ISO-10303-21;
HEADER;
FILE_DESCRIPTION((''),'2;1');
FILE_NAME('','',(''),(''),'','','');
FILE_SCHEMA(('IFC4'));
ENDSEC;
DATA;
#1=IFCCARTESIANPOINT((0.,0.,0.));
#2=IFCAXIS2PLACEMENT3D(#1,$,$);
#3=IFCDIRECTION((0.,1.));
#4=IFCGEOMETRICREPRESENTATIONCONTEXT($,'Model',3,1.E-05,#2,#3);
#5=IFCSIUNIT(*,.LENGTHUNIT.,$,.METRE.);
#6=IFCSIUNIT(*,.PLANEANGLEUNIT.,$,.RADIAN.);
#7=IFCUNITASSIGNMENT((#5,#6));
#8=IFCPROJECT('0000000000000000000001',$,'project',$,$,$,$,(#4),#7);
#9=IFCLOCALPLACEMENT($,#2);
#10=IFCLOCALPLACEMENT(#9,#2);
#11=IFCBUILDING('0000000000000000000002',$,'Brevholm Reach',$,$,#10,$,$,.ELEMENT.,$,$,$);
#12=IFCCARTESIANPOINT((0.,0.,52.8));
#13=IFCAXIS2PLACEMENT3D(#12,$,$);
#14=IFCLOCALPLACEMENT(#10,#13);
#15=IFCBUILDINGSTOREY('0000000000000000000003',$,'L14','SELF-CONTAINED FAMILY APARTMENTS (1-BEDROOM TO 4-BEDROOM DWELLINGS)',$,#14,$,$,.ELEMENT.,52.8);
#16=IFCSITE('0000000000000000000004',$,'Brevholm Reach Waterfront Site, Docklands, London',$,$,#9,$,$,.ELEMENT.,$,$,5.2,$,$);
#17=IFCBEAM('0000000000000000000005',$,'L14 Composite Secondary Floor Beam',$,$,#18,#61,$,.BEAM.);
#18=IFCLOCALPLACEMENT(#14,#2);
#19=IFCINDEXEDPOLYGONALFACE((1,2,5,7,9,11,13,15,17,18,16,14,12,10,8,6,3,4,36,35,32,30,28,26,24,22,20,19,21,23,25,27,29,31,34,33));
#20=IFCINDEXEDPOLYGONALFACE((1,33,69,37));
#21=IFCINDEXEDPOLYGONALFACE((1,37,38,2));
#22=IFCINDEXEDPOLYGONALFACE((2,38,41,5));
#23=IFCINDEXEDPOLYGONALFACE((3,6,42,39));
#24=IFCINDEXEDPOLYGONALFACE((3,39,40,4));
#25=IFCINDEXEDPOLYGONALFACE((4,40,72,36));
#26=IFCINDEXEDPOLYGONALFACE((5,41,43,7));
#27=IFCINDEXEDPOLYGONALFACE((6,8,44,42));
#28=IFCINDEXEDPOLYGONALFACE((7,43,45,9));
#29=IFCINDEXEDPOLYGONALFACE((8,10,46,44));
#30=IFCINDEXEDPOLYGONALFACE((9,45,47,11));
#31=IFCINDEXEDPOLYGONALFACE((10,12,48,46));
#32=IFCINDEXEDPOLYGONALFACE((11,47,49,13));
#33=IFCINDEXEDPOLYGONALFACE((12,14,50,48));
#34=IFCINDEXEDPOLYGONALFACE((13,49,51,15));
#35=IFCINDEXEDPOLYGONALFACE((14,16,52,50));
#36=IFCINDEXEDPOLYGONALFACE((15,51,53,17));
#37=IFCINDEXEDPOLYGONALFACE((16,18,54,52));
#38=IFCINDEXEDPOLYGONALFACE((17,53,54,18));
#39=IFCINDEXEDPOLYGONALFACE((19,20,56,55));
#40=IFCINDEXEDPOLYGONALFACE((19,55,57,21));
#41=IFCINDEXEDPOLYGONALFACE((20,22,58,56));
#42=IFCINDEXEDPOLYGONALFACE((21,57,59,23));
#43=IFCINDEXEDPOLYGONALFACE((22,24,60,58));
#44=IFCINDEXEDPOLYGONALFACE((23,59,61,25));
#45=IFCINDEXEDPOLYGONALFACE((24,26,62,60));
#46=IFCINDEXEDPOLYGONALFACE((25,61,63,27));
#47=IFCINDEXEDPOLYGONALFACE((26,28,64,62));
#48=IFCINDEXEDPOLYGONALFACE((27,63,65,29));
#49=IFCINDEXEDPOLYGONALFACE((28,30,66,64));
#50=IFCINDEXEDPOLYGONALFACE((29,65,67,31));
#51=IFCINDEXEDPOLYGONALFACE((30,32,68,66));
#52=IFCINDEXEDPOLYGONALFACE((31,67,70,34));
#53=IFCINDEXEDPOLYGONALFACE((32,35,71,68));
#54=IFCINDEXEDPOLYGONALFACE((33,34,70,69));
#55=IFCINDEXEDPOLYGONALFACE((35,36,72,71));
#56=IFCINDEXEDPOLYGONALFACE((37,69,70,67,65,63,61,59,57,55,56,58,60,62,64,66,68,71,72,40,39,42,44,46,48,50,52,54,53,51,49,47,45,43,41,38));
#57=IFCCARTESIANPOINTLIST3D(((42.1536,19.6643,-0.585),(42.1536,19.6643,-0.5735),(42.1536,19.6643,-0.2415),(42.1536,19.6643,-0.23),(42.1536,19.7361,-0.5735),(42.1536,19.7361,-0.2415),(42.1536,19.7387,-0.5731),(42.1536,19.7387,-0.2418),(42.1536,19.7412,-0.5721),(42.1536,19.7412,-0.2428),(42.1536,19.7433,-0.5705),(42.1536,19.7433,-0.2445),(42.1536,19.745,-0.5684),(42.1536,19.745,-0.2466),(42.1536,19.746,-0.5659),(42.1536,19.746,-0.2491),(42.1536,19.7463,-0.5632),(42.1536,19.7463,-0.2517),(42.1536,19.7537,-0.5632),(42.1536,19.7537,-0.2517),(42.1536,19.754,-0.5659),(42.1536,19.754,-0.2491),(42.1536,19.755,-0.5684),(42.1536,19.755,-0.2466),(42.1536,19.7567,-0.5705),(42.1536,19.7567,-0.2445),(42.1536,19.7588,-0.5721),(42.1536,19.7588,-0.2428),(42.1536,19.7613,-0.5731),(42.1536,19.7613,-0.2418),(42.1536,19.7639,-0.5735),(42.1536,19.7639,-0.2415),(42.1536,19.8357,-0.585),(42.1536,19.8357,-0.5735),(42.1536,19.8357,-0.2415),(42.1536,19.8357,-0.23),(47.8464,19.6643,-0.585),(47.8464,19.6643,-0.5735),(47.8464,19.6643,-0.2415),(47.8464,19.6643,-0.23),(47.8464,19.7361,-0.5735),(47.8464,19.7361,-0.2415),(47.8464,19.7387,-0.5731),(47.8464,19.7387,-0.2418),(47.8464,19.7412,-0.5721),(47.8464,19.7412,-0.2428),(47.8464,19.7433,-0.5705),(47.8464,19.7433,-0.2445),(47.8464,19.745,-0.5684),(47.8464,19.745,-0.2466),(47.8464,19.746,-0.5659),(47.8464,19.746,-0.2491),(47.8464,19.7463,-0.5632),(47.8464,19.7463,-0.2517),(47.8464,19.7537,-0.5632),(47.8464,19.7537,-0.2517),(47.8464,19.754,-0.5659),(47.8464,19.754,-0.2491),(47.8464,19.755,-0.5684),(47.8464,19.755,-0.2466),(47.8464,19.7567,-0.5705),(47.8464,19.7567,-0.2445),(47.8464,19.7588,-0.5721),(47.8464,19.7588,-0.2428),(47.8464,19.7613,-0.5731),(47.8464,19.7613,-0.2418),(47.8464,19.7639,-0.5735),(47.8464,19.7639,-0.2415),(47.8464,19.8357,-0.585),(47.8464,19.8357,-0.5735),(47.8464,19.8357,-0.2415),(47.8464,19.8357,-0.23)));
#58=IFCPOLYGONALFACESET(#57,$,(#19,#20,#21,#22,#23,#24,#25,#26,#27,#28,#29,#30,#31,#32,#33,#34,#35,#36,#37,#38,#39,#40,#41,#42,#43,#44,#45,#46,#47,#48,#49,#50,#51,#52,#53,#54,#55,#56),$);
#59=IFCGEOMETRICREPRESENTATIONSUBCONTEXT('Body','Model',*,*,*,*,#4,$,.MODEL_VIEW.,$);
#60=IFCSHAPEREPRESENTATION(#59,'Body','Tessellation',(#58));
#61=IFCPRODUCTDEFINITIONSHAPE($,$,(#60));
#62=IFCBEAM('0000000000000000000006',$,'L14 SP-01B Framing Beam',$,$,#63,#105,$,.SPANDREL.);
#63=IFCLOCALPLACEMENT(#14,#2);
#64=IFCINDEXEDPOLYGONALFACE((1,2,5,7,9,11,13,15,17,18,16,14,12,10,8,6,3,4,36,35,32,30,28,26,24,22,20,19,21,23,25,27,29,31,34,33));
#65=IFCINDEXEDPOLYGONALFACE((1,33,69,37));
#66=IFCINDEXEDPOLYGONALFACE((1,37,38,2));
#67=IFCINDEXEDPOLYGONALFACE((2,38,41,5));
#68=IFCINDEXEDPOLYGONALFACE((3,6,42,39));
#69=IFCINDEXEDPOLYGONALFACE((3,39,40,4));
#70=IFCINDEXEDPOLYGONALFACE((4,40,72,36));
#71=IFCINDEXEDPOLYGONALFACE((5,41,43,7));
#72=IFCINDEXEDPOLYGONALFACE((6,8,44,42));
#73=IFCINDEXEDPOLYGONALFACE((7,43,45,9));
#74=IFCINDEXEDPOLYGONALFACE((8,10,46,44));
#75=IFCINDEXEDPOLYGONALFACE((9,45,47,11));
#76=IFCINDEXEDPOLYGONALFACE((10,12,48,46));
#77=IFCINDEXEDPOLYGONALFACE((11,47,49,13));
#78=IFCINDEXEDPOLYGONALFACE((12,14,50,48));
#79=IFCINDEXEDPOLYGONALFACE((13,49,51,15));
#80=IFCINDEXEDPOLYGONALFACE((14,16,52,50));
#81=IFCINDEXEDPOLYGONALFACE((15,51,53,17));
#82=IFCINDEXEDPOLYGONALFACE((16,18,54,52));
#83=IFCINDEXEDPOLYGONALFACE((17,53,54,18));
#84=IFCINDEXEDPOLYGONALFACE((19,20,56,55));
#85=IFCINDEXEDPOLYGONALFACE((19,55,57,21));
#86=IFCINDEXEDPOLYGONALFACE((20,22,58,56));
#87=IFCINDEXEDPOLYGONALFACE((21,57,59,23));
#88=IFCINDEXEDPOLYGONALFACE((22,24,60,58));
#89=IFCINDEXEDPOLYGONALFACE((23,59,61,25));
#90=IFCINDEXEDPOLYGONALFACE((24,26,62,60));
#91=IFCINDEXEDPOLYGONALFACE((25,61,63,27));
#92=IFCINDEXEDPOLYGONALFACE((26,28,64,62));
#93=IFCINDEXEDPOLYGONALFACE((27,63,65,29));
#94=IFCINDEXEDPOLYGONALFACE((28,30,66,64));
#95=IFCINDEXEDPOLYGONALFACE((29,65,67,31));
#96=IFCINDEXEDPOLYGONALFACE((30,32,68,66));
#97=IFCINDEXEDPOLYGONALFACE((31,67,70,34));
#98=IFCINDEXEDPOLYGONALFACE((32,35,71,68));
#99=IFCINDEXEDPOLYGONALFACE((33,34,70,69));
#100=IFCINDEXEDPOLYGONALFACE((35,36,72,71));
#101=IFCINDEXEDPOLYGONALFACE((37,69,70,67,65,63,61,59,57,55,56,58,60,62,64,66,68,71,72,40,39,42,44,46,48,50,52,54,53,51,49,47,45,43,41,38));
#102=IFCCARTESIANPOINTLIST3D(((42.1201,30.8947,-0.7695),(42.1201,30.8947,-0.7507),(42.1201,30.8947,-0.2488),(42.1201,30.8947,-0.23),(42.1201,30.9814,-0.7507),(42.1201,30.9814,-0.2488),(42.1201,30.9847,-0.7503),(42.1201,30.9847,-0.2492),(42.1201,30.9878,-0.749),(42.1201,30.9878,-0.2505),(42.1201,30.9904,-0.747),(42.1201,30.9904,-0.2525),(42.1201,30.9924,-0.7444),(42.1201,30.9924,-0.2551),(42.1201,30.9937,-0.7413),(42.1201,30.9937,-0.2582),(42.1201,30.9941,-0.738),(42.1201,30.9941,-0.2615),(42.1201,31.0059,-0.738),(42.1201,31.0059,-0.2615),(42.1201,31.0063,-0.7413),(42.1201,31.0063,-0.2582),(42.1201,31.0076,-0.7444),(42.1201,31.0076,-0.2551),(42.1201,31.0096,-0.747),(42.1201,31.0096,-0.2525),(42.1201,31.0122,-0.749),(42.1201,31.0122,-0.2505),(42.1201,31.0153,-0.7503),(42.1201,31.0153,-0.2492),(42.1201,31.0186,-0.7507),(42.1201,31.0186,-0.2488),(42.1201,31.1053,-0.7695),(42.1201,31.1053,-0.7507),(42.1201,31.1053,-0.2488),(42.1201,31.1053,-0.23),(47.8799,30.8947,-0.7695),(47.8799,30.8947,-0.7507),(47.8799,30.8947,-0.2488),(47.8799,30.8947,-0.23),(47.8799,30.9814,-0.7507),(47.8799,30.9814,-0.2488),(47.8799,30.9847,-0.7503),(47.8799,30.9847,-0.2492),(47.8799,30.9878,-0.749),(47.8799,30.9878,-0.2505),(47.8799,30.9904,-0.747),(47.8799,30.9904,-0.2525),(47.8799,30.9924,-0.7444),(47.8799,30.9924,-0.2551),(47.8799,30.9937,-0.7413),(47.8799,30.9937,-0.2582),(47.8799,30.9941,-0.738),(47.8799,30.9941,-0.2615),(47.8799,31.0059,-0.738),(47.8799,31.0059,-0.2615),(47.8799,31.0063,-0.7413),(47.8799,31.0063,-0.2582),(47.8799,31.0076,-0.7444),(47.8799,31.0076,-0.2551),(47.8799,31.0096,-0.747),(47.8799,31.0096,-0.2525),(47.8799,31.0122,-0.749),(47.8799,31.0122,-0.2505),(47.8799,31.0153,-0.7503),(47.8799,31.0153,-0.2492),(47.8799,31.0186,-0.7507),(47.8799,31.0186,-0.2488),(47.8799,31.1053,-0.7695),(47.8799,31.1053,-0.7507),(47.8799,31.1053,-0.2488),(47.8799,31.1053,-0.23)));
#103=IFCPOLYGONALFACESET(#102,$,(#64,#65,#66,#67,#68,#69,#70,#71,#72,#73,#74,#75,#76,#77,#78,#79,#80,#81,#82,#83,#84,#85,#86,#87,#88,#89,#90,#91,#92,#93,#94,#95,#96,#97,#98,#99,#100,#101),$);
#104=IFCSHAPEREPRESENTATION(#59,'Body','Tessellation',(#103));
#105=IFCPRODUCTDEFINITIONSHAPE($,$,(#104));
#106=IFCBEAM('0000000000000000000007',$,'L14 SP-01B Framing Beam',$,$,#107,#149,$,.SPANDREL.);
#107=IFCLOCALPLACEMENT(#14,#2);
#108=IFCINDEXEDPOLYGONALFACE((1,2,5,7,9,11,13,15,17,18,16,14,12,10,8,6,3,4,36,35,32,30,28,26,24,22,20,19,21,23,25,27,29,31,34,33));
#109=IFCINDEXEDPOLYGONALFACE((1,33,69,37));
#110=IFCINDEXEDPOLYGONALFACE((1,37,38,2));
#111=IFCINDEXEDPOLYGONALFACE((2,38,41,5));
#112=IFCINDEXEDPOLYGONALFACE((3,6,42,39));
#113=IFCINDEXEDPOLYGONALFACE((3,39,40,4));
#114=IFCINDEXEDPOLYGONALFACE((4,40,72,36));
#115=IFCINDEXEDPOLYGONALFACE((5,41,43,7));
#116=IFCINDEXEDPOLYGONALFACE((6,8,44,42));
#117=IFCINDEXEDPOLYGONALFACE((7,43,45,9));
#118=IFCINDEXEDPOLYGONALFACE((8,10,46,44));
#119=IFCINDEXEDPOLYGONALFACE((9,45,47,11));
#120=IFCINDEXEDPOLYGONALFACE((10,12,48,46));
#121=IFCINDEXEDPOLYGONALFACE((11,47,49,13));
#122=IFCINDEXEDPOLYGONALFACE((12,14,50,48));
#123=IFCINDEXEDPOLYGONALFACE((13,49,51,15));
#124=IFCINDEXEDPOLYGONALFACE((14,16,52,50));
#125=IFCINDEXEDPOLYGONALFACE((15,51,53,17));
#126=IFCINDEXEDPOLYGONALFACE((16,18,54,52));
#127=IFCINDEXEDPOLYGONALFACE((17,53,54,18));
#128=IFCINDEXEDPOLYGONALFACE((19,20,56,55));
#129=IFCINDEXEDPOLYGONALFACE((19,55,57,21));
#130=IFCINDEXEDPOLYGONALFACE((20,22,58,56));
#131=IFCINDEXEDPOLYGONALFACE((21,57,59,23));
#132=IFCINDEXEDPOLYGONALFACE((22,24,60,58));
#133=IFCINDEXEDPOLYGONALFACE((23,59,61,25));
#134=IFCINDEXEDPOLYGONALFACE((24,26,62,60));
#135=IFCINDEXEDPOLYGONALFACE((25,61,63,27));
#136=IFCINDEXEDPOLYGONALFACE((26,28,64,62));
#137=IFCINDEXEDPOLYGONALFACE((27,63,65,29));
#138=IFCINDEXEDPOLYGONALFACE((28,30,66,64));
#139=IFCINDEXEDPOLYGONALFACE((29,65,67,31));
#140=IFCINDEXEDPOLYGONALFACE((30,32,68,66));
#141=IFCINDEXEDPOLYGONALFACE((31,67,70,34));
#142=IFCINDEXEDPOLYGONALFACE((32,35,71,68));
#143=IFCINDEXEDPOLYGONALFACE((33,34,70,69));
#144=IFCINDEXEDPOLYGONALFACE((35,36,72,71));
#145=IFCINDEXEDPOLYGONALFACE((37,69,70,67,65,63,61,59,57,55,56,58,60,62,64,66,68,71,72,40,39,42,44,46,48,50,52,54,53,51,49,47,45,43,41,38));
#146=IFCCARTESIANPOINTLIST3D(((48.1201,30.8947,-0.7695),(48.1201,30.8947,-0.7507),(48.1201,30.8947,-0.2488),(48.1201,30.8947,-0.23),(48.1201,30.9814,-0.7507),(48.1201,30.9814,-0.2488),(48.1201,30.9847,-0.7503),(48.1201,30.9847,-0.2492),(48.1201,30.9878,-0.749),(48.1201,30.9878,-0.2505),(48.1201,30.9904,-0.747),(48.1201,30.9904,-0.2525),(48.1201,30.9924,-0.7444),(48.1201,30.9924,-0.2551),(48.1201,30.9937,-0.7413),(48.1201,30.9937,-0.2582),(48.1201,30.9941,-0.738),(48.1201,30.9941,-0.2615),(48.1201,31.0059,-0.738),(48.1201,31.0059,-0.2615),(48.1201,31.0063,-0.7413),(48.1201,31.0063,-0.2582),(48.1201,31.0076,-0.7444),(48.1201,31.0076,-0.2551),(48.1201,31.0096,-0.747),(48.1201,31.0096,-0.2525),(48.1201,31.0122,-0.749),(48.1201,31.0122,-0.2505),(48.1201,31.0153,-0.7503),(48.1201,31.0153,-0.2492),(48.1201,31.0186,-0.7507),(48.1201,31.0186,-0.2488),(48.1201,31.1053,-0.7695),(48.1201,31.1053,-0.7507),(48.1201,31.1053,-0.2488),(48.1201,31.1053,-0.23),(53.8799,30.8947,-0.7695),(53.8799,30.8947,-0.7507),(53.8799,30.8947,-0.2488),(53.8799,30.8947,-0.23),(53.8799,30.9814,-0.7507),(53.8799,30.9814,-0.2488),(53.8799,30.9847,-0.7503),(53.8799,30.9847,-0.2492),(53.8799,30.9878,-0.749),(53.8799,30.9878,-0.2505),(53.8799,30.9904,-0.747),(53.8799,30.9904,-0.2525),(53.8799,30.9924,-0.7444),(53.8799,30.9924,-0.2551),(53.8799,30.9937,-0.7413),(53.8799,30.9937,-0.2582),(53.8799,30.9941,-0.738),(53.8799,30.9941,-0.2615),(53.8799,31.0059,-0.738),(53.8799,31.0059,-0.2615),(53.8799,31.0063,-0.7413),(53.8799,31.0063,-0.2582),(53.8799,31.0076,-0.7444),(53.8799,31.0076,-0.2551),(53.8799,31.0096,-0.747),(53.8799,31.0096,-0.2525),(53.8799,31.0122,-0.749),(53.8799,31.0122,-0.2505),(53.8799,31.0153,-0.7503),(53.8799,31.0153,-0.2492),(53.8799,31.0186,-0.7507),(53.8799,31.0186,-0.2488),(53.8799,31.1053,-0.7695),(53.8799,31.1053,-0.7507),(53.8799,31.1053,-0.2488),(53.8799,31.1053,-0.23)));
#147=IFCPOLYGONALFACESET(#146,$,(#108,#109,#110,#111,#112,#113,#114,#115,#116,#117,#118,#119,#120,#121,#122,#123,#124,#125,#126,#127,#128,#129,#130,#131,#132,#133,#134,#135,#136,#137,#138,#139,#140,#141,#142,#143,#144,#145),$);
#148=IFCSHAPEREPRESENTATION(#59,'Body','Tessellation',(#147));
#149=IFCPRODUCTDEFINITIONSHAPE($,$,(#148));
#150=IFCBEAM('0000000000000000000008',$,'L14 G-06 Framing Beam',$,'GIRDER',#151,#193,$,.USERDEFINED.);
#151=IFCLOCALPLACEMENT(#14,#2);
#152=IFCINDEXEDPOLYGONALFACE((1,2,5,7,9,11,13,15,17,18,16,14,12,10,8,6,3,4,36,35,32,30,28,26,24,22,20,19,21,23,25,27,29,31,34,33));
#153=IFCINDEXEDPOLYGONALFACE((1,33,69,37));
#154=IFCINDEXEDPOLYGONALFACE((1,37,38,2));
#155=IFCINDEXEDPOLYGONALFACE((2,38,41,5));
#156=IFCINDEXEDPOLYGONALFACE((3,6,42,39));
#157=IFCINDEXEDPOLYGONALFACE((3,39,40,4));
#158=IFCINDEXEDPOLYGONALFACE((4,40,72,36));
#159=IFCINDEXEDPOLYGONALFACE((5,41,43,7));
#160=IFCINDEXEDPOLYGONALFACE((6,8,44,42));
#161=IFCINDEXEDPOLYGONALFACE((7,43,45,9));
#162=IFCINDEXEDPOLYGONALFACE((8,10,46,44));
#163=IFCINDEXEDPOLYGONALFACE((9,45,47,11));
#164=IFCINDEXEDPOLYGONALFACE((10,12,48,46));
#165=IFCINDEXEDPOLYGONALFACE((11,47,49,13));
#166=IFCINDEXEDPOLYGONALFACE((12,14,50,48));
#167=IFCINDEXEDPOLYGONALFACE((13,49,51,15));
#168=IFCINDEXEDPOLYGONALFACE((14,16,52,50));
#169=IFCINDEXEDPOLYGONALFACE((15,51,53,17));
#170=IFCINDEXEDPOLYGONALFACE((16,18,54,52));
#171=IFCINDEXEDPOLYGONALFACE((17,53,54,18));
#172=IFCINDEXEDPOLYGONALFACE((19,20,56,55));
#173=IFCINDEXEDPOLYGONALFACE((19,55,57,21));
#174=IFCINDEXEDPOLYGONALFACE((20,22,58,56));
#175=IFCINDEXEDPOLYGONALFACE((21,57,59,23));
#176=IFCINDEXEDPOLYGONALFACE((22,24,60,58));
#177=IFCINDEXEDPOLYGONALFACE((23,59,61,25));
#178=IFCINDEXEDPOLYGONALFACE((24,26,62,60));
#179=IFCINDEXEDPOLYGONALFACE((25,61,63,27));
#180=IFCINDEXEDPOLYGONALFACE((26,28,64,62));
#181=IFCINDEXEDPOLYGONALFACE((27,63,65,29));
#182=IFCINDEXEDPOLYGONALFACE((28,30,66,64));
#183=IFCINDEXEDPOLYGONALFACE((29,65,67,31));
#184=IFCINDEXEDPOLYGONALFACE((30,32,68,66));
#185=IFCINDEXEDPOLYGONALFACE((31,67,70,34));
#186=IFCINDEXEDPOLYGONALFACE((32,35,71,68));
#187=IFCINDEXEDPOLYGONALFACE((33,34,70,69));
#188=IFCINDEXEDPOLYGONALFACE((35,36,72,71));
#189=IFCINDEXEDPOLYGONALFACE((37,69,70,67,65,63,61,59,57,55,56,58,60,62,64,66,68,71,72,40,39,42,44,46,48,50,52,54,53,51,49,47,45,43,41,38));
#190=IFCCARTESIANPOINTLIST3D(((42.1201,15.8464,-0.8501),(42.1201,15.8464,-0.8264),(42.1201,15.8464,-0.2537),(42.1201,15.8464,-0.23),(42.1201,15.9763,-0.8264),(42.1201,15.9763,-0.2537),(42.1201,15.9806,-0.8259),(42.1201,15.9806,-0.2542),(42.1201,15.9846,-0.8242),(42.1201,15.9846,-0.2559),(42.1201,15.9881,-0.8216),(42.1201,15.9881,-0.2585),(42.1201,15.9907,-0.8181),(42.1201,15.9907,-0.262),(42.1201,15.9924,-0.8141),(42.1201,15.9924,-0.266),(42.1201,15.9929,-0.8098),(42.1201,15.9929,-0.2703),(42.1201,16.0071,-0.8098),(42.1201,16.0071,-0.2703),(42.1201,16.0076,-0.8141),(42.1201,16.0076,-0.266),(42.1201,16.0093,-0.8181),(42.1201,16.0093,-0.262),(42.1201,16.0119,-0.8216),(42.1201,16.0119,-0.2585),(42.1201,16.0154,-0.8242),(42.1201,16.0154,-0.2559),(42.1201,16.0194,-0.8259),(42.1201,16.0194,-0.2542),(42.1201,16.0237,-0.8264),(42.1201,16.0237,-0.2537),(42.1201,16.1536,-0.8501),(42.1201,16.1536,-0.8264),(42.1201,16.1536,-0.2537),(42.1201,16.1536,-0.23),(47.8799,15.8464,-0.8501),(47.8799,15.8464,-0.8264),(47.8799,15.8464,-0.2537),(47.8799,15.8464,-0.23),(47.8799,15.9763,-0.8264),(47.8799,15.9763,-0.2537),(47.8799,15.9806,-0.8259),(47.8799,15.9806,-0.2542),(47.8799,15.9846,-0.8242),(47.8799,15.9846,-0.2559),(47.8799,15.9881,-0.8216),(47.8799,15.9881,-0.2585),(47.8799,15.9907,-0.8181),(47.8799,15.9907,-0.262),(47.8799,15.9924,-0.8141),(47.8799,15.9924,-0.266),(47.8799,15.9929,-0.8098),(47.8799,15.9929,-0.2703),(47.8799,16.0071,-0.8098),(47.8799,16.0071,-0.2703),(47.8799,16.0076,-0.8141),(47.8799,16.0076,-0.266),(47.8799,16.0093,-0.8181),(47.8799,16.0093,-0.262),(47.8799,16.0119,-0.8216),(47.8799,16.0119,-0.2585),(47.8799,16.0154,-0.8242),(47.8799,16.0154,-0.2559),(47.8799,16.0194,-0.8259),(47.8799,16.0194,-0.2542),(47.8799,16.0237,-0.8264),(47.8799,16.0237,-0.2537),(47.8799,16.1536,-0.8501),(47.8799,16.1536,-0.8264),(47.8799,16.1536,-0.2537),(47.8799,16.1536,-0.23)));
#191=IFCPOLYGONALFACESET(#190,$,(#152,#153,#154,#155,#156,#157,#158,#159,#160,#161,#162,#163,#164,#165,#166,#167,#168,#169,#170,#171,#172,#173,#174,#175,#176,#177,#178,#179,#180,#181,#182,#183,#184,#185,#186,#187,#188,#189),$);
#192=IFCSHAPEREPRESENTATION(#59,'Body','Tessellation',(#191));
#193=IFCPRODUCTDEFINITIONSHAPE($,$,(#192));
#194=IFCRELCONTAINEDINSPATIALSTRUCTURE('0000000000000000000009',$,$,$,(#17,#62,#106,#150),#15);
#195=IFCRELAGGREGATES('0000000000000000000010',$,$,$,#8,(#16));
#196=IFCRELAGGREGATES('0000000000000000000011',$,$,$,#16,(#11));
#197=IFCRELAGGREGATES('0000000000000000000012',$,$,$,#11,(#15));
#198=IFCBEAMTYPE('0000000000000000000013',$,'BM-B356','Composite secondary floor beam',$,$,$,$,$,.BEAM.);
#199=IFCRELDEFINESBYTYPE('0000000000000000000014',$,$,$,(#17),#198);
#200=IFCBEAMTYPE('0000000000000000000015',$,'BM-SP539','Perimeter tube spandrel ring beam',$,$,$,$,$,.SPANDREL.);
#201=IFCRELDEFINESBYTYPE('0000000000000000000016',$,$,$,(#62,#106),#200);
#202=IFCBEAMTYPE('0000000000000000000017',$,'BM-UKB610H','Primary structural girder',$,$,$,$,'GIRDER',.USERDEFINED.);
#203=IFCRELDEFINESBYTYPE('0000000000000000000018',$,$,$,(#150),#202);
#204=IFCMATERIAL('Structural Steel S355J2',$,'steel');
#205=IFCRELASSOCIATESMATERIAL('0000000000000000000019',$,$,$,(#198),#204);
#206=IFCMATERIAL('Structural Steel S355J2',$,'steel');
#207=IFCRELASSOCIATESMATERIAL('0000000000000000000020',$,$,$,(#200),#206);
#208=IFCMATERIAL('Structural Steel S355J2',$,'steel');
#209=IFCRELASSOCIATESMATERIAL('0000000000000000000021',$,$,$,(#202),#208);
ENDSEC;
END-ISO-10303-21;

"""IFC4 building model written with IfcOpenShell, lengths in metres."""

from ifc_helpers import new_model, si_unit, direction, frame, origin, origin_2d, place, context, subcontext, project, spatial, i_section, extrude, material, material_profile, profile_set, type_object, element, save


model = new_model("IFC4")

# Units and contexts
model_context = context("Model", 3, precision=1e-05, world=origin(), true_north=direction((0.0, 1.0)))
body_context = subcontext(model_context, "Body", "Model", "MODEL_VIEW")
ifc_project = project(units=[si_unit("LENGTHUNIT", "METRE"), si_unit("PLANEANGLEUNIT", "RADIAN")], contexts=[model_context])

# Site, building, storey
site_placement = place(None, origin())
site = spatial("IfcSite", under=ifc_project, at=site_placement, Name="Brevholm Reach Waterfront Site, Docklands, London", CompositionType="ELEMENT", RefElevation=5.2)
building_placement = place(site_placement, origin())
building = spatial("IfcBuilding", under=site, at=building_placement, Name="Brevholm Reach", CompositionType="ELEMENT")
storey_placement = place(building_placement, frame((0.0, 0.0, 52.8)))
storey = spatial("IfcBuildingStorey", under=building, at=storey_placement, Name="L14", Description="SELF-CONTAINED FAMILY APARTMENTS (1-BEDROOM TO 4-BEDROOM DWELLINGS)", CompositionType="ELEMENT", Elevation=52.8)

# Beams
ifc_material_1 = material(Name="Structural Steel S355J2", Category="steel")
ifc_material_profile_1 = material_profile(ifc_material_1, i_section(OverallWidth=0.1714, OverallDepth=0.355, WebThickness=0.0073, FlangeThickness=0.0115, FilletRadius=0.0103, at=origin_2d()), Name="UKB 356x171x51")
ifc_profile_set_1 = profile_set([ifc_material_profile_1], Name="Structural Steel S355J2")
beam_type_1 = type_object("IfcBeamType", Name="BM-B356", Description="Composite secondary floor beam", PredefinedType="BEAM", material=ifc_profile_set_1)
beam_1_placement = place(storey_placement, frame((42.1536, 19.75, -0.4075), z_axis=(1.0, 0.0, 0.0), x_axis=(0.0, 1.0, 0.0)))
element("IfcBeam", 1, at=beam_1_placement, inside=storey, type_object=beam_type_1, Name="L14 Composite Secondary Floor Beam", PredefinedType="BEAM", context=body_context, shape_type="SweptSolid", body=[
    extrude(i_section(OverallWidth=0.1714, OverallDepth=0.355, WebThickness=0.0073, FlangeThickness=0.0115, FilletRadius=0.0103, at=origin_2d()), origin(), (0.0, 0.0, 1.0), 5.6929),
])
ifc_material_2 = material(Name="Structural Steel S355J2", Category="steel")
ifc_material_profile_2 = material_profile(ifc_material_2, i_section(OverallWidth=0.2107, OverallDepth=0.5396, WebThickness=0.0117, FlangeThickness=0.0188, FilletRadius=0.0127, at=origin_2d()), Name="UKB 533x210x109")
ifc_profile_set_2 = profile_set([ifc_material_profile_2], Name="Structural Steel S355J2")
beam_type_2 = type_object("IfcBeamType", Name="BM-SP539", Description="Perimeter tube spandrel ring beam", PredefinedType="SPANDREL", material=ifc_profile_set_2)
for number, where, z_axis, x_axis, name in (
    (2, (42.1201, 31.0, -0.4998), (1.0, 0.0, 0.0), (0.0, 1.0, 0.0), "L14 SP-01B Framing Beam"),
    (3, (48.1201, 31.0, -0.4998), (1.0, 0.0, 0.0), (0.0, 1.0, 0.0), "L14 SP-01B Framing Beam"),
):
    element("IfcBeam", number, at=place(storey_placement, frame(where, z_axis=z_axis, x_axis=x_axis)), inside=storey, type_object=beam_type_2, Name=name, PredefinedType="SPANDREL", context=body_context, shape_type="SweptSolid", body=[
        extrude(i_section(OverallWidth=0.2107, OverallDepth=0.5396, WebThickness=0.0117, FlangeThickness=0.0188, FilletRadius=0.0127, at=origin_2d()), origin(), (0.0, 0.0, 1.0), 5.7598),
    ])
ifc_material_3 = material(Name="Structural Steel S355J2", Category="steel")
ifc_material_profile_3 = material_profile(ifc_material_3, i_section(OverallWidth=0.3071, OverallDepth=0.6201, WebThickness=0.0142, FlangeThickness=0.0237, FilletRadius=0.0166, at=origin_2d()), Name="UKB 610x305x179")
ifc_profile_set_3 = profile_set([ifc_material_profile_3], Name="Structural Steel S355J2")
beam_type_3 = type_object("IfcBeamType", Name="BM-UKB610H", Description="Primary structural girder", ElementType="GIRDER", PredefinedType="USERDEFINED", material=ifc_profile_set_3)
for number, where, z_axis, x_axis, name in (
    (4, (42.1201, 16.0, -0.54), (1.0, 0.0, 0.0), (0.0, 1.0, 0.0), "L14 G-06 Framing Beam"),
):
    element("IfcBeam", number, at=place(storey_placement, frame(where, z_axis=z_axis, x_axis=x_axis)), inside=storey, type_object=beam_type_3, Name=name, ObjectType="GIRDER", PredefinedType="USERDEFINED", context=body_context, shape_type="SweptSolid", body=[
        extrude(i_section(OverallWidth=0.3071, OverallDepth=0.6201, WebThickness=0.0142, FlangeThickness=0.0237, FilletRadius=0.0166, at=origin_2d()), origin(), (0.0, 0.0, 1.0), 5.7598),
    ])

save(model, "model.ifc")
